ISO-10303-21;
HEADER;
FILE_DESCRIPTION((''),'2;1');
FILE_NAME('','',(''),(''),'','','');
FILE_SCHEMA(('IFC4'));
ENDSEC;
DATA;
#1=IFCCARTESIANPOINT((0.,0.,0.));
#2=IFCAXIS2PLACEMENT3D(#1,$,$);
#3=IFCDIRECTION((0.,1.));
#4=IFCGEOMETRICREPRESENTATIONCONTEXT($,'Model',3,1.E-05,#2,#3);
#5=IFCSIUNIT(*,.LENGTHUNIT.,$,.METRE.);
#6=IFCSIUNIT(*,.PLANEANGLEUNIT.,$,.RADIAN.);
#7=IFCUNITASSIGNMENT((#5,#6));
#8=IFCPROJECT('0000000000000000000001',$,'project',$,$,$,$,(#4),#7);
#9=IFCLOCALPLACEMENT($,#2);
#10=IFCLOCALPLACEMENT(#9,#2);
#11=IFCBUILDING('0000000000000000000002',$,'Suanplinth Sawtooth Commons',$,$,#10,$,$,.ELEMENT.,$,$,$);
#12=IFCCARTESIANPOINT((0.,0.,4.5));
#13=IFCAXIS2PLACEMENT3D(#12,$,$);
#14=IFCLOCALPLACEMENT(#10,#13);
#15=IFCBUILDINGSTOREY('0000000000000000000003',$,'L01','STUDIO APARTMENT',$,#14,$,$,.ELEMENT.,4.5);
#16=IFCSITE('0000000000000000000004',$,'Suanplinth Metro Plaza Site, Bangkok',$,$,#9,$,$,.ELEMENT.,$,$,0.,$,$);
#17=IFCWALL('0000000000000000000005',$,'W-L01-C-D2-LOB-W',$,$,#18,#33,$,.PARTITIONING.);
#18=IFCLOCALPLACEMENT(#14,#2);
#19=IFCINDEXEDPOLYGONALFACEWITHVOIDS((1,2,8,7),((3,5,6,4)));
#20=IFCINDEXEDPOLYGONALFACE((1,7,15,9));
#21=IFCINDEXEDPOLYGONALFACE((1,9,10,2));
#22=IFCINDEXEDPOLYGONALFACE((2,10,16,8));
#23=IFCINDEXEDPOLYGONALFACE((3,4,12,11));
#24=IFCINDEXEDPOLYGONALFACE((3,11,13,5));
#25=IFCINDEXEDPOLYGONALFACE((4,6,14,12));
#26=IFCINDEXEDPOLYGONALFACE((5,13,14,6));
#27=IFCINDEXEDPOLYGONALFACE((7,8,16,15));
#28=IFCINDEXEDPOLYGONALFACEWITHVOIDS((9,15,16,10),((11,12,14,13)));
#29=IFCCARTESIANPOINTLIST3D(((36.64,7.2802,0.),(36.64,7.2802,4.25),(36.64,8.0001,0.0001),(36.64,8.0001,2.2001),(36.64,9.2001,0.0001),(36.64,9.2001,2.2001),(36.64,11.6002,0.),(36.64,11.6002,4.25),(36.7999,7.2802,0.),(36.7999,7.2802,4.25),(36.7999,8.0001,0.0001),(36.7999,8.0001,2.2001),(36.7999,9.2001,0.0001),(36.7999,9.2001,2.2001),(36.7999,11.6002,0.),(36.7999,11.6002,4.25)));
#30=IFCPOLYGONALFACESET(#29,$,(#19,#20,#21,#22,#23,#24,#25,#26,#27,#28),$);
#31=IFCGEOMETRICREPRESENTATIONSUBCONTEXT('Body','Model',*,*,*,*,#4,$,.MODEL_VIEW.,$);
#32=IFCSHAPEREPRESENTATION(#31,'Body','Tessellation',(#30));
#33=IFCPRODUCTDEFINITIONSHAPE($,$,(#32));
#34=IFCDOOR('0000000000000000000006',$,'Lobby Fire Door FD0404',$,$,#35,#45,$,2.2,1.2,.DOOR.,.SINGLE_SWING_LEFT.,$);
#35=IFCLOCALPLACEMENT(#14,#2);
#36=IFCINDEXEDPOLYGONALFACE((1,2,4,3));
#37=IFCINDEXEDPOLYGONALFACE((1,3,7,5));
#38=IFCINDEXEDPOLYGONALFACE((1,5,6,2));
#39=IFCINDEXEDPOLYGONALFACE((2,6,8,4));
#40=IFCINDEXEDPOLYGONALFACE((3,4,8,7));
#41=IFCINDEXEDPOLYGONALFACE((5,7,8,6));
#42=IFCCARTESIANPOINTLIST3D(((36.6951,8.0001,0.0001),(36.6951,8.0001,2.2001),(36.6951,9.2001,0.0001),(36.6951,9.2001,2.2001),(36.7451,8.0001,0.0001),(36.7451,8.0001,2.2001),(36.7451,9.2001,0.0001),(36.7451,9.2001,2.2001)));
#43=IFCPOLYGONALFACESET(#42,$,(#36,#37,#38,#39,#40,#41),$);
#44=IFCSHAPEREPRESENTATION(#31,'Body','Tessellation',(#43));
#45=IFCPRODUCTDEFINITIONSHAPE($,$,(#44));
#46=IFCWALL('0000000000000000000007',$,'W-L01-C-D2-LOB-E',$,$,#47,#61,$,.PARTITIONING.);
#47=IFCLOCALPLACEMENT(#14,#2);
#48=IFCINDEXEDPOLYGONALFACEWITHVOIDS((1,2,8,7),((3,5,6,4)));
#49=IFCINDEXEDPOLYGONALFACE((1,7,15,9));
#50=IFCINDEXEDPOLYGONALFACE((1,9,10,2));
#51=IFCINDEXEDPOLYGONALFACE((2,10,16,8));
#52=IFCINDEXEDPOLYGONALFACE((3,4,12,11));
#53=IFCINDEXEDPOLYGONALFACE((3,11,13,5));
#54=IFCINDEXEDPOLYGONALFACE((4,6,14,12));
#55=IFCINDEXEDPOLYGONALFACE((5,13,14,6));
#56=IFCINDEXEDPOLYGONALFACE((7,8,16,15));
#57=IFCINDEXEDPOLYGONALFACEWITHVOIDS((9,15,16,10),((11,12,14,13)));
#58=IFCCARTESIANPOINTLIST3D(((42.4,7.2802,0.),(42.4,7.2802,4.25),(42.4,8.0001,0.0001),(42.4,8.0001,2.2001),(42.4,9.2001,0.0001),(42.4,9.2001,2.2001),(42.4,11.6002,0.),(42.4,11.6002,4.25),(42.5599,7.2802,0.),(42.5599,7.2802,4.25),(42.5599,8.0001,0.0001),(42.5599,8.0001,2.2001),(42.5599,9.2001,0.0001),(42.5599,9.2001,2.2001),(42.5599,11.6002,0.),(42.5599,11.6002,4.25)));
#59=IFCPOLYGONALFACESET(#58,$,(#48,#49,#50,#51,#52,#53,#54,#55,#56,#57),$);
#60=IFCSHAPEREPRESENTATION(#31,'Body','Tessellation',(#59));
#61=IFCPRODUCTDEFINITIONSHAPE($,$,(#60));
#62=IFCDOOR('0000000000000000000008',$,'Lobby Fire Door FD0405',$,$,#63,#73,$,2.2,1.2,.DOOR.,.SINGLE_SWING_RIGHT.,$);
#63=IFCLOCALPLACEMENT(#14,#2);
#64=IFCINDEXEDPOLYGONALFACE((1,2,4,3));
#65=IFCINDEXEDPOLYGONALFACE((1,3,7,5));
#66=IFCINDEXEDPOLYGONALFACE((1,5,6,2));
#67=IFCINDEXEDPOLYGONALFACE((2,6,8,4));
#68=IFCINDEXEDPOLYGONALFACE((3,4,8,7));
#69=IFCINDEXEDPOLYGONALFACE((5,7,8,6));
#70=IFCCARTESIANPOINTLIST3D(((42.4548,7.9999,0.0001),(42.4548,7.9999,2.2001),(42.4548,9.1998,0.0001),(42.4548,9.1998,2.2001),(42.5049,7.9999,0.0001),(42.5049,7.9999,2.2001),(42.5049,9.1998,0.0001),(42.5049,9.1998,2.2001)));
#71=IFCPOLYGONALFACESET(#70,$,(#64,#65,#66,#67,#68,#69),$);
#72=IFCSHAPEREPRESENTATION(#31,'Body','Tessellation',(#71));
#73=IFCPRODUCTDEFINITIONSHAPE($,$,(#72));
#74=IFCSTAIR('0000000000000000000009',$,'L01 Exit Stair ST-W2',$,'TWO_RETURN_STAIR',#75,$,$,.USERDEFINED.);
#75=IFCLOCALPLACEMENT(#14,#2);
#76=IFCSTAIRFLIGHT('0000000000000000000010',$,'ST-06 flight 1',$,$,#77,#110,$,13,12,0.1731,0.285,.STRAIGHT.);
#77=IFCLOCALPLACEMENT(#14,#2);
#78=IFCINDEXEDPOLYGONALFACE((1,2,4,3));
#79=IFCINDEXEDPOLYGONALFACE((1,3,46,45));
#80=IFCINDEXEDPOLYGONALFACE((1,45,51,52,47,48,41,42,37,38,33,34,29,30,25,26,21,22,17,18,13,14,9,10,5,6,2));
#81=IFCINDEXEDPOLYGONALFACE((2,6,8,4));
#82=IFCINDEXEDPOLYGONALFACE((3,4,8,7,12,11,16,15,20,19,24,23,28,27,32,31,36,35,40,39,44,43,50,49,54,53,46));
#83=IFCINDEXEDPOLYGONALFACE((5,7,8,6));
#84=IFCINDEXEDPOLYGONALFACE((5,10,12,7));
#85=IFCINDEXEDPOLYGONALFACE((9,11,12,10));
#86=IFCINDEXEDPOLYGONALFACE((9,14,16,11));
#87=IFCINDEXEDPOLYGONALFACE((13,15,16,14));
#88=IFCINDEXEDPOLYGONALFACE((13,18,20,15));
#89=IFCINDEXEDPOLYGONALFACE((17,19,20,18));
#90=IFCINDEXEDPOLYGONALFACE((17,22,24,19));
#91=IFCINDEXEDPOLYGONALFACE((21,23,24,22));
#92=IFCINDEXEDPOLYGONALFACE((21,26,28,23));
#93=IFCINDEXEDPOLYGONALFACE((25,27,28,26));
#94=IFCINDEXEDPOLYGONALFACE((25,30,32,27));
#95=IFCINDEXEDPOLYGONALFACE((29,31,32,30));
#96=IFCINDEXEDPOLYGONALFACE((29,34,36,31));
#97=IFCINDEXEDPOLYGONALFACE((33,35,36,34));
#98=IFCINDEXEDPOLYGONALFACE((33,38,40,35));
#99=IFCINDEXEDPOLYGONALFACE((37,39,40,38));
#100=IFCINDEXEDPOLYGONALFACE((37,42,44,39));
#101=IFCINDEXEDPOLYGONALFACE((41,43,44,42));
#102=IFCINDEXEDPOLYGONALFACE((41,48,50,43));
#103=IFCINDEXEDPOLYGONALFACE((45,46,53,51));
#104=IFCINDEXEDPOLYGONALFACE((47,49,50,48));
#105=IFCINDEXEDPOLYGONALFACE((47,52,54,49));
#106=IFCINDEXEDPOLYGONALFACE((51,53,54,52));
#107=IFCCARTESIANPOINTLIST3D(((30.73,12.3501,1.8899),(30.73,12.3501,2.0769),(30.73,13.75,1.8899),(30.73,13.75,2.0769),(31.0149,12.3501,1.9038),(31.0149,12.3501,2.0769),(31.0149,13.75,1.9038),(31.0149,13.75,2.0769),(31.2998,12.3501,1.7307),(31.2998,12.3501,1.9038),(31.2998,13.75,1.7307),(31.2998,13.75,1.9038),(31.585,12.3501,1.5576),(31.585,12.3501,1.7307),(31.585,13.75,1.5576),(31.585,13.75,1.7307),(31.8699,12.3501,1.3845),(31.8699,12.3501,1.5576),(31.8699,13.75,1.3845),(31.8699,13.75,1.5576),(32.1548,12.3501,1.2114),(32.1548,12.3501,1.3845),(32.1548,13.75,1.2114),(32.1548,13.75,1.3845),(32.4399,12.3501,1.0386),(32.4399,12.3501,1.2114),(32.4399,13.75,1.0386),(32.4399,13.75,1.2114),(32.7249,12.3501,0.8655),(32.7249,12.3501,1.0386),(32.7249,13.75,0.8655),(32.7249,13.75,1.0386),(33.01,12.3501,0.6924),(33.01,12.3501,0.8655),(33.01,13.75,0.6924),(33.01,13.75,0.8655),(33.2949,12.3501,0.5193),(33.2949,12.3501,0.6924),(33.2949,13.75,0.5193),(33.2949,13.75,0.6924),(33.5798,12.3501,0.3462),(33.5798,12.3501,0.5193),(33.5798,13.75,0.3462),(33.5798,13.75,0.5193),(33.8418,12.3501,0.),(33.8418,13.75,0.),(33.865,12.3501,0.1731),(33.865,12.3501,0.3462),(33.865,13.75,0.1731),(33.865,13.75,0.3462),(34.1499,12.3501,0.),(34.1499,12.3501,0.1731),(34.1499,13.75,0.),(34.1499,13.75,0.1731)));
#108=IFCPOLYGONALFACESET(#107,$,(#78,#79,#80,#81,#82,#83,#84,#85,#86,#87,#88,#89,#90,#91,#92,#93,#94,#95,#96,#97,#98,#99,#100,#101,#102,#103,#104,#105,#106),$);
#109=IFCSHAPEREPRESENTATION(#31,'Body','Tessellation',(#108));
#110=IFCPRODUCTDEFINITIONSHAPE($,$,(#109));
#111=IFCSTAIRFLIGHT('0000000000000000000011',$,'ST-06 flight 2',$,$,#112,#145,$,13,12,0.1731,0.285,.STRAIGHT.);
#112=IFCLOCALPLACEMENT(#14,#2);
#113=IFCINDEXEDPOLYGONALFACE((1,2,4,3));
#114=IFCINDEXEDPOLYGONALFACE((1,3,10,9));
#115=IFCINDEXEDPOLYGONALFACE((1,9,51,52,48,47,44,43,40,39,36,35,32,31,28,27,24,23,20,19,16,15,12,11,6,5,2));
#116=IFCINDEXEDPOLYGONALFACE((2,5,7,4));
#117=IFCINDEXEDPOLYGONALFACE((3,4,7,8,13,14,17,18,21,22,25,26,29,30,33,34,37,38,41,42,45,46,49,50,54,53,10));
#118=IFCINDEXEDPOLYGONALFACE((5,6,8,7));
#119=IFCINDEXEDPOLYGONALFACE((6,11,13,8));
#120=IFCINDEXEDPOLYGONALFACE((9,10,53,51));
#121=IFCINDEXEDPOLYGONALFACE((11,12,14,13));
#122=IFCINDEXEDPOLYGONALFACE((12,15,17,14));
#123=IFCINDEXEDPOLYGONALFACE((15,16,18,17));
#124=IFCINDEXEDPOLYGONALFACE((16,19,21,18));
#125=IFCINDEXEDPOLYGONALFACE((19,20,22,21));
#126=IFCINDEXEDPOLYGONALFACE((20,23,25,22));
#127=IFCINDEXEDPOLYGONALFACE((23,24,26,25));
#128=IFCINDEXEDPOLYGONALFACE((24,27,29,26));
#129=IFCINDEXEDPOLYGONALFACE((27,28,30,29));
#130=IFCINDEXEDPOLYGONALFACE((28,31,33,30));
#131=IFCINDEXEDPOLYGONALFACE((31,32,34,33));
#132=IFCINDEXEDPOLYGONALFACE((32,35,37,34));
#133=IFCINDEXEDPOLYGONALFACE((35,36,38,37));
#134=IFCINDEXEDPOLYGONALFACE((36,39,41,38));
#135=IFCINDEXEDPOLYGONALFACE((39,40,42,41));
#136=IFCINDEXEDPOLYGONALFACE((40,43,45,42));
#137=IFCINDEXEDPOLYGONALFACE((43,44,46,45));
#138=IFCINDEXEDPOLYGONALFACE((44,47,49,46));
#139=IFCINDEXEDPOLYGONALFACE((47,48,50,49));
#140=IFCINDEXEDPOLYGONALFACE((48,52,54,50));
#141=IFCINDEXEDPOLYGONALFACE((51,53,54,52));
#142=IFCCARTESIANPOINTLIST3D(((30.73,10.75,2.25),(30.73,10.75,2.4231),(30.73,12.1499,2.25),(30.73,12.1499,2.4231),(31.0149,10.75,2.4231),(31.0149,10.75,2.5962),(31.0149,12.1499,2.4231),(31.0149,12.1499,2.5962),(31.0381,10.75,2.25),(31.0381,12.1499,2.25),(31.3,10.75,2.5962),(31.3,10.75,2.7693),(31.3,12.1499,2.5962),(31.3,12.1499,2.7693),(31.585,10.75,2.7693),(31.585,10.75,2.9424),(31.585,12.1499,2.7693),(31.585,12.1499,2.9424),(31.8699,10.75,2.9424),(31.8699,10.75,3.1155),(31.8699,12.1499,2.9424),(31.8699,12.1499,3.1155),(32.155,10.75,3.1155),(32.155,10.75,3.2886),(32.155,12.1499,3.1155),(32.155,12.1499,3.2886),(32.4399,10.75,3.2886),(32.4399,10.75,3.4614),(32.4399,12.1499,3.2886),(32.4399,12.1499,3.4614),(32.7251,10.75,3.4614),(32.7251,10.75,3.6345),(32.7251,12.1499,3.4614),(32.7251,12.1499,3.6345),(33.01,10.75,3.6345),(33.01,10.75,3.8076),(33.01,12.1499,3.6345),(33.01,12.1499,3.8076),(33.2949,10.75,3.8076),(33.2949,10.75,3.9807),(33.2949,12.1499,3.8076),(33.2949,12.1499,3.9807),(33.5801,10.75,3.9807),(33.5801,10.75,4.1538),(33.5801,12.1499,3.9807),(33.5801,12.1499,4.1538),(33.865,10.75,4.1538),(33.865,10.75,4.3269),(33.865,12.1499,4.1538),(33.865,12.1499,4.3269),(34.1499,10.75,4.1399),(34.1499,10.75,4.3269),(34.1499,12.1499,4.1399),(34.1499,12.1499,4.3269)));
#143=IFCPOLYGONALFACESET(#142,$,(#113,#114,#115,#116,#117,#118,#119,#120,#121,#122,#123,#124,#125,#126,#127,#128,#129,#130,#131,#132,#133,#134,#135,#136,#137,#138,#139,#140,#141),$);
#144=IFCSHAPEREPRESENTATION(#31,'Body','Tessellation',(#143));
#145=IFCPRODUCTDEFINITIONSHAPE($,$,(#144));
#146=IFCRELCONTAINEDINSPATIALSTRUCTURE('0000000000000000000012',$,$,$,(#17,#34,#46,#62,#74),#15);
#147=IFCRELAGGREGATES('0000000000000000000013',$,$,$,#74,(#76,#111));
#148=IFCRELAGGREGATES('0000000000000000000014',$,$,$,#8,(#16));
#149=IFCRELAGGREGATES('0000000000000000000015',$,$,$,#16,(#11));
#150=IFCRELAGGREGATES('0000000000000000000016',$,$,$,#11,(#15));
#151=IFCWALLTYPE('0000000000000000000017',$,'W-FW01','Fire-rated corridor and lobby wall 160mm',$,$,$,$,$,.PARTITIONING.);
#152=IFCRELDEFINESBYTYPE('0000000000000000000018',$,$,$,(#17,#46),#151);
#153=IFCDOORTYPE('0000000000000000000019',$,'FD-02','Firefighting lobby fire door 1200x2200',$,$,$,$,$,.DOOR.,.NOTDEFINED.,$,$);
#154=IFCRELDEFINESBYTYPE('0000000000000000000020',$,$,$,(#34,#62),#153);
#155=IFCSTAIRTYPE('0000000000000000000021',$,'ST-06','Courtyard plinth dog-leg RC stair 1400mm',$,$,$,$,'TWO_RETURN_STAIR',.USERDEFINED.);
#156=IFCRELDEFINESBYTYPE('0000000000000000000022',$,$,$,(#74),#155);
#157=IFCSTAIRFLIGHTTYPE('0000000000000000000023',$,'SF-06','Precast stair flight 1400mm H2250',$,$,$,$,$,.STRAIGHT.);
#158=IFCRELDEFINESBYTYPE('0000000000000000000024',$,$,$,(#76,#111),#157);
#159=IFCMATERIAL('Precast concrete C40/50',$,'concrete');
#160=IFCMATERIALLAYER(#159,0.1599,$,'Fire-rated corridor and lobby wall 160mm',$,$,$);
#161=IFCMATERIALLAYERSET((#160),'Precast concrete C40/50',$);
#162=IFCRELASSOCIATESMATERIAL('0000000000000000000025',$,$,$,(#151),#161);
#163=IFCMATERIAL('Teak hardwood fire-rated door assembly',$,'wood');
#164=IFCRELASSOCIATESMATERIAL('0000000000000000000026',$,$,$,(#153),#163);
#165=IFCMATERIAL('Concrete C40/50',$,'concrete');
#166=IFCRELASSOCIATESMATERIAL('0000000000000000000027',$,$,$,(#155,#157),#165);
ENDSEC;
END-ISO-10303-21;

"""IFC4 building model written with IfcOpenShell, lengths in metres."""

from ifc_helpers import new_model, si_unit, direction, frame, frame_2d, origin, place, context, subcontext, project, spatial, polyline, rectangle, outline, extrude, material, layer, layer_set, type_object, element, fill, aggregate, save


model = new_model("IFC4")

# Units and contexts
model_context = context("Model", 3, precision=1e-05, world=origin(), true_north=direction((0.0, 1.0)))
body_context = subcontext(model_context, "Body", "Model", "MODEL_VIEW")
ifc_project = project(units=[si_unit("LENGTHUNIT", "METRE"), si_unit("PLANEANGLEUNIT", "RADIAN")], contexts=[model_context])

# Site, building, storey
site_placement = place(None, origin())
site = spatial("IfcSite", under=ifc_project, at=site_placement, Name="Suanplinth Metro Plaza Site, Bangkok", CompositionType="ELEMENT", RefElevation=0.0)
building_placement = place(site_placement, origin())
building = spatial("IfcBuilding", under=site, at=building_placement, Name="Suanplinth Sawtooth Commons", CompositionType="ELEMENT")
storey_placement = place(building_placement, frame((0.0, 0.0, 4.5)))
storey = spatial("IfcBuildingStorey", under=building, at=storey_placement, Name="L01", Description="STUDIO APARTMENT", CompositionType="ELEMENT", Elevation=4.5)

# Shared definitions
ifc_material_1 = material(Name="Concrete C40/50", Category="concrete")

# Shared definitions
ifc_material_2 = material(Name="Teak hardwood fire-rated door assembly", Category="wood")

# Shared definitions
ifc_material_3 = material(Name="Precast concrete C40/50", Category="concrete")

# Walls, openings, doors
ifc_layer_1 = layer(ifc_material_3, 0.1599, Name="Fire-rated corridor and lobby wall 160mm")
ifc_layer_set_1 = layer_set([ifc_layer_1], Name="Precast concrete C40/50")
wall_type_1 = type_object("IfcWallType", Name="W-FW01", Description="Fire-rated corridor and lobby wall 160mm", PredefinedType="PARTITIONING", material=ifc_layer_set_1)
wall_1_placement = place(storey_placement, frame((36.72, 7.28, 0.0), z_axis=(0.0, 0.0, 1.0), x_axis=(0.0, 1.0, 0.0)))
wall_1 = element("IfcWall", 1, at=wall_1_placement, inside=storey, type_object=wall_type_1, Name="W-L01-C-D2-LOB-W", PredefinedType="PARTITIONING", context=body_context, shape_type="SweptSolid", body=[
    extrude(rectangle(XDim=4.3201, YDim=0.1599, at=frame_2d((2.1602, 0.0))), origin(), (0.0, 0.0, 1.0), 4.25),
])
opening_1_placement = place(wall_1_placement, frame((0.72, 0.0, 0.0)))
opening_1 = element("IfcOpeningElement", 2, at=opening_1_placement, cuts=wall_1, PredefinedType="OPENING", context=body_context, shape_type="SweptSolid", body=[
    extrude(rectangle(XDim=1.2, YDim=2.2, at=frame_2d((0.6001, 1.1001))), frame((0.0, 0.0947, 0.0), z_axis=(0.0, -1.0, 0.0), x_axis=(1.0, 0.0, 0.0)), (0.0, 0.0, 1.0), 0.1897),
])
door_type_1 = type_object("IfcDoorType", Name="FD-02", Description="Firefighting lobby fire door 1200x2200", OperationType="NOTDEFINED", PredefinedType="DOOR", material=ifc_material_2)
door_1_placement = place(opening_1_placement, origin())
door_1 = element("IfcDoor", 3, at=door_1_placement, inside=storey, type_object=door_type_1, Name="Lobby Fire Door FD0404", OperationType="SINGLE_SWING_LEFT", OverallHeight=2.2, OverallWidth=1.2, PredefinedType="DOOR", context=body_context, shape_type="SweptSolid", body=[
    extrude(rectangle(XDim=1.2, YDim=2.2, at=frame_2d((0.6001, 1.1001))), frame((0.0, 0.0249, 0.0), z_axis=(0.0, -1.0, 0.0), x_axis=(1.0, 0.0, 0.0)), (0.0, 0.0, 1.0), 0.05),
])
fill(opening_1, door_1)
wall_2_placement = place(storey_placement, frame((42.48, 7.28, 0.0), z_axis=(0.0, 0.0, 1.0), x_axis=(0.0, 1.0, 0.0)))
wall_2 = element("IfcWall", 4, at=wall_2_placement, inside=storey, type_object=wall_type_1, Name="W-L01-C-D2-LOB-E", PredefinedType="PARTITIONING", context=body_context, shape_type="SweptSolid", body=[
    extrude(rectangle(XDim=4.3201, YDim=0.1599, at=frame_2d((2.1602, 0.0))), origin(), (0.0, 0.0, 1.0), 4.25),
])
opening_2_placement = place(wall_2_placement, frame((0.72, 0.0, 0.0)))
opening_2 = element("IfcOpeningElement", 5, at=opening_2_placement, cuts=wall_2, PredefinedType="OPENING", context=body_context, shape_type="SweptSolid", body=[
    extrude(rectangle(XDim=1.2, YDim=2.2, at=frame_2d((0.6001, 1.1001))), frame((0.0, 0.0947, 0.0), z_axis=(0.0, -1.0, 0.0), x_axis=(1.0, 0.0, 0.0)), (0.0, 0.0, 1.0), 0.1897),
])
door_2_placement = place(opening_2_placement, frame((1.2, 0.0, 0.0), z_axis=(0.0, 0.0, 1.0), x_axis=(-1.0, 0.0, 0.0)))
door_2 = element("IfcDoor", 6, at=door_2_placement, inside=storey, type_object=door_type_1, Name="Lobby Fire Door FD0405", OperationType="SINGLE_SWING_RIGHT", OverallHeight=2.2, OverallWidth=1.2, PredefinedType="DOOR", context=body_context, shape_type="SweptSolid", body=[
    extrude(rectangle(XDim=1.2, YDim=2.2, at=frame_2d((0.6001, 1.1001))), frame((0.0, 0.0249, 0.0), z_axis=(0.0, -1.0, 0.0), x_axis=(1.0, 0.0, 0.0)), (0.0, 0.0, 1.0), 0.05),
])
fill(opening_2, door_2)

# Stair, stair flights
stair_type = type_object("IfcStairType", Name="ST-06", Description="Courtyard plinth dog-leg RC stair 1400mm", ElementType="TWO_RETURN_STAIR", PredefinedType="USERDEFINED", material=ifc_material_1)
stair_placement = place(storey_placement, origin())
stair = element("IfcStair", 7, at=stair_placement, inside=storey, type_object=stair_type, Name="L01 Exit Stair ST-W2", ObjectType="TWO_RETURN_STAIR", PredefinedType="USERDEFINED")
stair_flight_type = type_object("IfcStairFlightType", Name="SF-06", Description="Precast stair flight 1400mm H2250", PredefinedType="STRAIGHT", material=ifc_material_1)
stair_flight_1_placement = place(storey_placement, frame((34.1499, 13.05, 0.0), z_axis=(0.0, 0.0, 1.0), x_axis=(-1.0, 0.0, 0.0)))
stair_flight_1 = element("IfcStairFlight", 8, at=stair_flight_1_placement, type_object=stair_flight_type, Name="ST-06 flight 1", NumberOfRisers=13, NumberOfTreads=12, PredefinedType="STRAIGHT", RiserHeight=0.1731, TreadLength=0.285, context=body_context, shape_type="SweptSolid", body=[
    extrude(outline(polyline([(0.0, 0.0), (0.0, 0.1731), (0.2849, 0.1731), (0.2849, 0.3462), (0.5701, 0.3462), (0.5701, 0.5193), (0.855, 0.5193), (0.855, 0.6924), (1.1399, 0.6924), (1.1399, 0.8655), (1.425, 0.8655), (1.425, 1.0386), (1.71, 1.0386), (1.71, 1.2114), (1.9951, 1.2114), (1.9951, 1.3845), (2.28, 1.3845), (2.28, 1.5576), (2.5649, 1.5576), (2.5649, 1.7307), (2.8501, 1.7307), (2.8501, 1.9038), (3.135, 1.9038), (3.135, 2.0769), (3.4199, 2.0769), (3.4199, 2.25), (3.4199, 1.8899), (0.3081, 0.0), (0.0, 0.0)])), frame((0.0, 0.7, 0.0), z_axis=(0.0, -1.0, 0.0), x_axis=(1.0, 0.0, 0.0)), (0.0, 0.0, 1.0), 1.3999),
])
stair_flight_2_placement = place(storey_placement, frame((30.73, 11.45, 2.25), z_axis=(0.0, 0.0, 1.0), x_axis=(1.0, 0.0, 0.0)))
stair_flight_2 = element("IfcStairFlight", 9, at=stair_flight_2_placement, type_object=stair_flight_type, Name="ST-06 flight 2", NumberOfRisers=13, NumberOfTreads=12, PredefinedType="STRAIGHT", RiserHeight=0.1731, TreadLength=0.285, context=body_context, shape_type="SweptSolid", body=[
    extrude(outline(polyline([(0.0, 0.0), (0.0, 0.1731), (0.2849, 0.1731), (0.2849, 0.3462), (0.5701, 0.3462), (0.5701, 0.5193), (0.855, 0.5193), (0.855, 0.6924), (1.1399, 0.6924), (1.1399, 0.8655), (1.425, 0.8655), (1.425, 1.0386), (1.71, 1.0386), (1.71, 1.2114), (1.9951, 1.2114), (1.9951, 1.3845), (2.28, 1.3845), (2.28, 1.5576), (2.5649, 1.5576), (2.5649, 1.7307), (2.8501, 1.7307), (2.8501, 1.9038), (3.135, 1.9038), (3.135, 2.0769), (3.4199, 2.0769), (3.4199, 2.25), (3.4199, 1.8899), (0.3081, 0.0), (0.0, 0.0)])), frame((0.0, 0.7, 0.0), z_axis=(0.0, -1.0, 0.0), x_axis=(1.0, 0.0, 0.0)), (0.0, 0.0, 1.0), 1.3999),
])
aggregate(stair, [stair_flight_1, stair_flight_2])

save(model, "model.ifc")
